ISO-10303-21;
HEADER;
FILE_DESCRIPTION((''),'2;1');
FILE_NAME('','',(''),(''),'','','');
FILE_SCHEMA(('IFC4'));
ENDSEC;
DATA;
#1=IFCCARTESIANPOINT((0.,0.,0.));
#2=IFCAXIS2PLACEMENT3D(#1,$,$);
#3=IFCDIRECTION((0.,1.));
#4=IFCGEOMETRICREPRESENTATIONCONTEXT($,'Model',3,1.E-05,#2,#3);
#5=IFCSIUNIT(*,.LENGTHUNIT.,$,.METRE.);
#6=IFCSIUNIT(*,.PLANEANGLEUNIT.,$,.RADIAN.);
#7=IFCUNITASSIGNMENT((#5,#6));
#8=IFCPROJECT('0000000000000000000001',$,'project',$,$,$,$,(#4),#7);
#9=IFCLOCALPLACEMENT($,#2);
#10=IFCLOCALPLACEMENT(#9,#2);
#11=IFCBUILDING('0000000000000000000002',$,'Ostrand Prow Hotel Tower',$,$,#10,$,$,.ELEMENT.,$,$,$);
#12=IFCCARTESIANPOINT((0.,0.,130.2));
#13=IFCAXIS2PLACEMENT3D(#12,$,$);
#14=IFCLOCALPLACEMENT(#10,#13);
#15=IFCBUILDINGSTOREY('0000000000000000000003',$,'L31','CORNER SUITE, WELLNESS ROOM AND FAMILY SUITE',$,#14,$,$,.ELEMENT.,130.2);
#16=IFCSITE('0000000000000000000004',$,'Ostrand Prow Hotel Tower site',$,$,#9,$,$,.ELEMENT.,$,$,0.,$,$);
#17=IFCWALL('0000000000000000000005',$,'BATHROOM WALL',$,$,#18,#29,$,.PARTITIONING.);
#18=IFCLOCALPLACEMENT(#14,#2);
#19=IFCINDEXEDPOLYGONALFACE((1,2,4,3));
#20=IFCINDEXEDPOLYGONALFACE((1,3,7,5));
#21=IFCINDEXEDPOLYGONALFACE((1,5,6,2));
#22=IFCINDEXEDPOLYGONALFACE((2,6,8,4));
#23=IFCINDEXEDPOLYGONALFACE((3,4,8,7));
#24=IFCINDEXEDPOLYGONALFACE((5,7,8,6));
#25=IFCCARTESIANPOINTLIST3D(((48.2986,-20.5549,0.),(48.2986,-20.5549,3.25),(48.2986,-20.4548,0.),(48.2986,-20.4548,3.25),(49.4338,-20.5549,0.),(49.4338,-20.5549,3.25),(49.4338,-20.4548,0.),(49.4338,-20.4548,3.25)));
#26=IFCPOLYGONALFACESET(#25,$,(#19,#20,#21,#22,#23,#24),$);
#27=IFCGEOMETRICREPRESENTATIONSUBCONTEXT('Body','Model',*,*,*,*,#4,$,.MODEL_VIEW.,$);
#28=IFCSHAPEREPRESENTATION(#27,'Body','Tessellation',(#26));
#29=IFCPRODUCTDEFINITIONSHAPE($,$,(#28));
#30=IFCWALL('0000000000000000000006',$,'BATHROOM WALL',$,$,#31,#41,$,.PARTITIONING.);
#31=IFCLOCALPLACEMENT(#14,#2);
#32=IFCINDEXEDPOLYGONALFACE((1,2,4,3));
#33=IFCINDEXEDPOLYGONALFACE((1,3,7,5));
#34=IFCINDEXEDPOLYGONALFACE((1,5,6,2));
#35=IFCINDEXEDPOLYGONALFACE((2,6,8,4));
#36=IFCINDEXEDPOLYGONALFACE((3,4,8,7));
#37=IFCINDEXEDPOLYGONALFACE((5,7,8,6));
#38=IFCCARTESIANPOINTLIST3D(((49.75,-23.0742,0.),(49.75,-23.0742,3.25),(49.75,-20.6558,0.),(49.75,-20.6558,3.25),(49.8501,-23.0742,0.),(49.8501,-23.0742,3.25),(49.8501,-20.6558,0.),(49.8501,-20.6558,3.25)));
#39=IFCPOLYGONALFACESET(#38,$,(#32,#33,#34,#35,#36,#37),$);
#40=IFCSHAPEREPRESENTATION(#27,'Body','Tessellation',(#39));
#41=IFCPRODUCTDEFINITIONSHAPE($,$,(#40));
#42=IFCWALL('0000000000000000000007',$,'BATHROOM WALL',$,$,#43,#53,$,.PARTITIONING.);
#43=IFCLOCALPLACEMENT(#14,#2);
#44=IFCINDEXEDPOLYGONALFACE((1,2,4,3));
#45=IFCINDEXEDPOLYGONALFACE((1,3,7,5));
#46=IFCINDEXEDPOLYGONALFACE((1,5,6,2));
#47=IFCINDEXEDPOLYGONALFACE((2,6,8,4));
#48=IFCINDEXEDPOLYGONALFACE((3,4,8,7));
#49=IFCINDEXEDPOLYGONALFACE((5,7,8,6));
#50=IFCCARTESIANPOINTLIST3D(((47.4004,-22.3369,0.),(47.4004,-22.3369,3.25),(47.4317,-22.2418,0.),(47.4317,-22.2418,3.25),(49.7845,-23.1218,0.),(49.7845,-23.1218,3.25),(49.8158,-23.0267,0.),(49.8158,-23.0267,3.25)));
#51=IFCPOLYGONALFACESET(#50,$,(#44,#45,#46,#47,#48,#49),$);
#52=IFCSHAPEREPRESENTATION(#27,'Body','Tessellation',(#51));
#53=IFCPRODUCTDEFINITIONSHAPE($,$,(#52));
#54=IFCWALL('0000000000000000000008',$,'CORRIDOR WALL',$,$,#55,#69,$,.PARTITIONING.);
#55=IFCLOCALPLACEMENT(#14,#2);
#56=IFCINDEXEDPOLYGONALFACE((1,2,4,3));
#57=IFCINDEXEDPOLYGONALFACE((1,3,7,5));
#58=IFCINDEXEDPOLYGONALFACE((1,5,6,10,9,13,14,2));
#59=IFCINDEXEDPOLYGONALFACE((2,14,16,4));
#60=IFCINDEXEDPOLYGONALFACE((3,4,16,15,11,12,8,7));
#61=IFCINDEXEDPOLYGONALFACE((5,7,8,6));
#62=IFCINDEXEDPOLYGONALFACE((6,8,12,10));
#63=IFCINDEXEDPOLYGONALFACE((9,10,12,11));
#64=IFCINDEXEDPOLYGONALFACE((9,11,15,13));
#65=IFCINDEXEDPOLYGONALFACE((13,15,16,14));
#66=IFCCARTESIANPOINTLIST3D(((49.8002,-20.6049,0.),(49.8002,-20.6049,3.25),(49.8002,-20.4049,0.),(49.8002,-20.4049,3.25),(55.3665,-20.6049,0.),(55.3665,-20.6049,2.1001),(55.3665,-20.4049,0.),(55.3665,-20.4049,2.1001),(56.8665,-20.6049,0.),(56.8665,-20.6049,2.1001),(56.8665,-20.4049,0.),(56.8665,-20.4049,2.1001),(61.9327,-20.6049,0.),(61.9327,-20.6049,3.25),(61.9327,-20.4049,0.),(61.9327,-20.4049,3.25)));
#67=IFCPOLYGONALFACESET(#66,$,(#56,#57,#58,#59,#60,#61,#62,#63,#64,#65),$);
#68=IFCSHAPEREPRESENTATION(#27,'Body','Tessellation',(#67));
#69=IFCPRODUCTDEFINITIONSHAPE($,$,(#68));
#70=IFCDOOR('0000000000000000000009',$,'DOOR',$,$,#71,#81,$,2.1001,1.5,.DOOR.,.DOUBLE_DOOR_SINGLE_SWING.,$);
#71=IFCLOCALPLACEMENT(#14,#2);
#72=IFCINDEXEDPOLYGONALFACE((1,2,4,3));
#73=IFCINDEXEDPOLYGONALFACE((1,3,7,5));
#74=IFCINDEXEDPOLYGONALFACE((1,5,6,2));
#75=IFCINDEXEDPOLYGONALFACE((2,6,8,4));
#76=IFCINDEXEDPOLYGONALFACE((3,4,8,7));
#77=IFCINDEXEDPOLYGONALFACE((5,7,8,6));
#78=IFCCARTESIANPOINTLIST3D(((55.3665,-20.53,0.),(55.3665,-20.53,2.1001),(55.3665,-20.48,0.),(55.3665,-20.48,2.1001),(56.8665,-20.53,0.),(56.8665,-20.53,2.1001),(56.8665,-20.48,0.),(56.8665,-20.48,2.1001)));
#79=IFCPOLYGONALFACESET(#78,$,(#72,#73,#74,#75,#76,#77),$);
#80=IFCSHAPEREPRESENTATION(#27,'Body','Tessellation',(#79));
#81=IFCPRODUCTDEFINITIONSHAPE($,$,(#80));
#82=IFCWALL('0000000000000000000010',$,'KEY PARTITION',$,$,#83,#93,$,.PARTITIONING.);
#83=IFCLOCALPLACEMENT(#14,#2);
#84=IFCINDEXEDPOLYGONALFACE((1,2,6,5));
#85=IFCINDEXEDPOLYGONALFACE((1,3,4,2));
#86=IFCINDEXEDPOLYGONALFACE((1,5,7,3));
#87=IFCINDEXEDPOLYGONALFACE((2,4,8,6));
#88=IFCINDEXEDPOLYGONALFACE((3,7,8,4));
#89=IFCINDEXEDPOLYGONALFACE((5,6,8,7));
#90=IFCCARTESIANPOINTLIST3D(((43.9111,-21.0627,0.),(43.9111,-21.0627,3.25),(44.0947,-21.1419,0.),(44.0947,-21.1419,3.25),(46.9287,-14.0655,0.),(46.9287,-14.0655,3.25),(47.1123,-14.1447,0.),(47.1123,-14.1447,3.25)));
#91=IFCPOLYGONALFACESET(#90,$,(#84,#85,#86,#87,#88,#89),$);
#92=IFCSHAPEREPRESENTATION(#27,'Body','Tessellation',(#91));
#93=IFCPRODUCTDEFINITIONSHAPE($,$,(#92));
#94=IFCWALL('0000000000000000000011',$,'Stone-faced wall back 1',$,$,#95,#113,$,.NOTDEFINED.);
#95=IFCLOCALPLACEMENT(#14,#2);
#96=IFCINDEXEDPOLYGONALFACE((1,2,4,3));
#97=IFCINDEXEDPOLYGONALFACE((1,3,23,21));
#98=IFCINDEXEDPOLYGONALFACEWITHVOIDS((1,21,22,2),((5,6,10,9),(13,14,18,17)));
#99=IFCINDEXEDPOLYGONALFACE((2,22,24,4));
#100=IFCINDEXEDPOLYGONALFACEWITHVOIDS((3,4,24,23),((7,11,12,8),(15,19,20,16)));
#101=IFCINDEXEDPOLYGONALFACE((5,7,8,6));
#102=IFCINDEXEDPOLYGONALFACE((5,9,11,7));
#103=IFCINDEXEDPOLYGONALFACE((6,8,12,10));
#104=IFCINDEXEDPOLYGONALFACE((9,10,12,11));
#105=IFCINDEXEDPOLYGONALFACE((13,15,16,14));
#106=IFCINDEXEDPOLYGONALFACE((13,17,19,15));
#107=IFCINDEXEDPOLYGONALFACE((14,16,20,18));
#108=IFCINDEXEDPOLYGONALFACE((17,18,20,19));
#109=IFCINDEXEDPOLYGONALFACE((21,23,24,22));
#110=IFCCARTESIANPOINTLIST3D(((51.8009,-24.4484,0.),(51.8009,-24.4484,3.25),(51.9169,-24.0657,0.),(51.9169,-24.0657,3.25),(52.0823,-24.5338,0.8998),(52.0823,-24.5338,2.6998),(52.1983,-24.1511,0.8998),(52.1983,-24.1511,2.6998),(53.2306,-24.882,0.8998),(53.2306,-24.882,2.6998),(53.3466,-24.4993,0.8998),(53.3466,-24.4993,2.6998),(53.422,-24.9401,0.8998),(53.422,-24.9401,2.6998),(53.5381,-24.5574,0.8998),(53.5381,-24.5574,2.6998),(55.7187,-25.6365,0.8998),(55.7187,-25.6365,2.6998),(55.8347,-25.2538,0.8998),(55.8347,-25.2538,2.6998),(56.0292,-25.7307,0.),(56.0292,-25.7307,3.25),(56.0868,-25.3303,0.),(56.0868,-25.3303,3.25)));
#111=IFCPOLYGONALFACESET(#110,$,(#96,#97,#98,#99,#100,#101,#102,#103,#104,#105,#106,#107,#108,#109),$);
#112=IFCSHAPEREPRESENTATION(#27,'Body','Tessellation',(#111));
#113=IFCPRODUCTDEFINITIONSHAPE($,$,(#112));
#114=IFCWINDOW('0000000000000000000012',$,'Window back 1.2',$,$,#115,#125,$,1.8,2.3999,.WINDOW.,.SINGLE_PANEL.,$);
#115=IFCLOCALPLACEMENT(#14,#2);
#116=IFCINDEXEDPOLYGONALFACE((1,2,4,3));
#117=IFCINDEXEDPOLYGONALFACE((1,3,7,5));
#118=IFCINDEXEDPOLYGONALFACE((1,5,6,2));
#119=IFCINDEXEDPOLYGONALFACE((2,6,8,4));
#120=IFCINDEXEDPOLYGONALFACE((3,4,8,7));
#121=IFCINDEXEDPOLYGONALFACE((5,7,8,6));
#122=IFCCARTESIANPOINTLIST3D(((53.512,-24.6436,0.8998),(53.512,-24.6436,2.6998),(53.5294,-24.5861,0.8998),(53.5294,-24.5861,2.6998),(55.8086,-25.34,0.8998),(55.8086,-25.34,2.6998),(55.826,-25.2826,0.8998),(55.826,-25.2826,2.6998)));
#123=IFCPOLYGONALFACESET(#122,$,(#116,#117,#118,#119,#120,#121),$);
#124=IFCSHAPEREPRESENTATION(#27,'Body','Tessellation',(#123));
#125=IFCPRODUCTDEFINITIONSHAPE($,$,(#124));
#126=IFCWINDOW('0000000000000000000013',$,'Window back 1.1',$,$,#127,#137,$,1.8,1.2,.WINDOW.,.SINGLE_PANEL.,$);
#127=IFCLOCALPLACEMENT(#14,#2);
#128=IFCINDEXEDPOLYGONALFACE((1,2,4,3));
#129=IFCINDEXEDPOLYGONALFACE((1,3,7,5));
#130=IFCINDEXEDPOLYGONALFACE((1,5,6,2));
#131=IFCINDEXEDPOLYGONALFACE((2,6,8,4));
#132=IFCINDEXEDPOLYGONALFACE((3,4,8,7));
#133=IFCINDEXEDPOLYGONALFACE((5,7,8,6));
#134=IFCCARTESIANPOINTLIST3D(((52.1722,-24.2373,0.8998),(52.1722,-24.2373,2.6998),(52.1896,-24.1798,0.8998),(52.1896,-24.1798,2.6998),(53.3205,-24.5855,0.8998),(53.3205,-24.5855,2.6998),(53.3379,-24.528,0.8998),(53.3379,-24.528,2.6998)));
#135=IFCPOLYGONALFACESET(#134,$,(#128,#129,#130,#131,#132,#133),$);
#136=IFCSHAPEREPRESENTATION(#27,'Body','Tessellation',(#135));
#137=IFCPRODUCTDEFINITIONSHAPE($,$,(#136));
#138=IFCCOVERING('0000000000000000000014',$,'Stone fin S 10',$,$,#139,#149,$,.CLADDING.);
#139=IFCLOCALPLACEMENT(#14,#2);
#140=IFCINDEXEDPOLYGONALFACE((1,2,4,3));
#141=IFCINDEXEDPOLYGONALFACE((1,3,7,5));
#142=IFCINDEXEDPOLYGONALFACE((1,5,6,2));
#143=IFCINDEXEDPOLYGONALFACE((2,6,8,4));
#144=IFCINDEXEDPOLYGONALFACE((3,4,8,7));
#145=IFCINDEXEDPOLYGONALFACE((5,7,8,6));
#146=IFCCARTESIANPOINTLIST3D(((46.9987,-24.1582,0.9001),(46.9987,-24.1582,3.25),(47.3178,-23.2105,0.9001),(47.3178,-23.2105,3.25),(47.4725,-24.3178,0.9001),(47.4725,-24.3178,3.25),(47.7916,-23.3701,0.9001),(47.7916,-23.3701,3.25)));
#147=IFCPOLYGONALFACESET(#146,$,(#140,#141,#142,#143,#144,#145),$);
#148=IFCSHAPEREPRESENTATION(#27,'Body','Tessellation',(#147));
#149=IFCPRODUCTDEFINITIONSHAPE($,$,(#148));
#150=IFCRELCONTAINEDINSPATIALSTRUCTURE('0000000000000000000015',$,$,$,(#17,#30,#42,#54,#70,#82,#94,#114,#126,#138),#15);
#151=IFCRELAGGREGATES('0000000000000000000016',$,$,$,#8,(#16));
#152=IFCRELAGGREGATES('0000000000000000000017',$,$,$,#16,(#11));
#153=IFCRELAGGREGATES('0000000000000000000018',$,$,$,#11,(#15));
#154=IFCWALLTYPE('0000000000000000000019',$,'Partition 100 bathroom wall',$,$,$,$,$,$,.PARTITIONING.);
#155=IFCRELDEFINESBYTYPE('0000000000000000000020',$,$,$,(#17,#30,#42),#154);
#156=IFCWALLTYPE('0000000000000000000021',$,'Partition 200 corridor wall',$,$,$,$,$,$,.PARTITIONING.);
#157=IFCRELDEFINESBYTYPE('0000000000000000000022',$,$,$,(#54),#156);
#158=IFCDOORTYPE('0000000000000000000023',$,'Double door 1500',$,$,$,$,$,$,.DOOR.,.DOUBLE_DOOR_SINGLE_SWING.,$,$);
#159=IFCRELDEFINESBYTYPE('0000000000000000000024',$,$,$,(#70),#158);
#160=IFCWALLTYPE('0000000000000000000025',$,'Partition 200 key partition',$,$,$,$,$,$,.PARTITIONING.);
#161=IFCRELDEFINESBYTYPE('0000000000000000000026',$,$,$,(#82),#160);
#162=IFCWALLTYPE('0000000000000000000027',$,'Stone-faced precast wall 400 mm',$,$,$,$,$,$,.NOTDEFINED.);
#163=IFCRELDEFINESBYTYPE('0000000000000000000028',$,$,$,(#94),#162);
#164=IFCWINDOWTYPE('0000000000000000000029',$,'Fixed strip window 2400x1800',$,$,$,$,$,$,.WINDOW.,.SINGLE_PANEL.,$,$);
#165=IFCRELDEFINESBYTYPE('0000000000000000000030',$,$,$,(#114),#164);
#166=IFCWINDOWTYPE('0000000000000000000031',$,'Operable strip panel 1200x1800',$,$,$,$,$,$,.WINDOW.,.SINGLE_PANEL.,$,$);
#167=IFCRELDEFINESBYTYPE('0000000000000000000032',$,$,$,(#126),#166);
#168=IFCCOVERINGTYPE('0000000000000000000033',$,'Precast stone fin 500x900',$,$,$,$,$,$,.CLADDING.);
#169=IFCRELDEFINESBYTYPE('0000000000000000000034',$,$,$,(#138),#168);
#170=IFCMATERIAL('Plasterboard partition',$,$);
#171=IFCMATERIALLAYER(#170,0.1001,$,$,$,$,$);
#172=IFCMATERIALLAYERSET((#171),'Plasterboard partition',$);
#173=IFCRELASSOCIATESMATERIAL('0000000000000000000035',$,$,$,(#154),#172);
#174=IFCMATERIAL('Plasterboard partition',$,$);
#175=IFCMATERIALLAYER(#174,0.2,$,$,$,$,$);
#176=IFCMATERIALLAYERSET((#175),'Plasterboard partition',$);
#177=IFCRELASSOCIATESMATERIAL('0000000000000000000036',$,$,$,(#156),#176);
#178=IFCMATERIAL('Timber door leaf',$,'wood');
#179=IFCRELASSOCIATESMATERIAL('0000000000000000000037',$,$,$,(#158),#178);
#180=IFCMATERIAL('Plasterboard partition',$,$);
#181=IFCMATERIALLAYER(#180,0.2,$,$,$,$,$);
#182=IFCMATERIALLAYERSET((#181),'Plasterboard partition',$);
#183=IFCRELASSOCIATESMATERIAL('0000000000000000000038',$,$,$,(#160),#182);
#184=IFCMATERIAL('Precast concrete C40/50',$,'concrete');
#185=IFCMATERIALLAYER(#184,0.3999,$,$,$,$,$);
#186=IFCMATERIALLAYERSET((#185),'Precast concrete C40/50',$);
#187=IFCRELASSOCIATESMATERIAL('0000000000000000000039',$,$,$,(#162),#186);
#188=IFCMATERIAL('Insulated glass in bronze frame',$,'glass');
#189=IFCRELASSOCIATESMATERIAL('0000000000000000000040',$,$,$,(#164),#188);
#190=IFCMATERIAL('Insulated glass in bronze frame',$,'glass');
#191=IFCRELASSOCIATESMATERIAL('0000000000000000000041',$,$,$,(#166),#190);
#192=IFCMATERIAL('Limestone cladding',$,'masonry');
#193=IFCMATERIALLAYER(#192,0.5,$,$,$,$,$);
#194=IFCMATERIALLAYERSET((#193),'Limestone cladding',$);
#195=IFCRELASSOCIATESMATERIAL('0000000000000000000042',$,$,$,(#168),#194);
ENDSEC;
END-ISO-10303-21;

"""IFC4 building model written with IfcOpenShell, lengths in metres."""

from ifc_helpers import new_model, si_unit, direction, frame, frame_2d, origin, place, context, subcontext, project, spatial, polyline, rectangle, outline, extrude, material, layer, layer_set, type_object, element, fill, save


model = new_model("IFC4")

# Units and contexts
model_context = context("Model", 3, precision=1e-05, world=origin(), true_north=direction((0.0, 1.0)))
body_context = subcontext(model_context, "Body", "Model", "MODEL_VIEW")
ifc_project = project(units=[si_unit("LENGTHUNIT", "METRE"), si_unit("PLANEANGLEUNIT", "RADIAN")], contexts=[model_context])

# Site, building, storey
site_placement = place(None, origin())
site = spatial("IfcSite", under=ifc_project, at=site_placement, Name="Ostrand Prow Hotel Tower site", CompositionType="ELEMENT", RefElevation=0.0)
building_placement = place(site_placement, origin())
building = spatial("IfcBuilding", under=site, at=building_placement, Name="Ostrand Prow Hotel Tower", CompositionType="ELEMENT")
storey_placement = place(building_placement, frame((0.0, 0.0, 130.2)))
storey = spatial("IfcBuildingStorey", under=building, at=storey_placement, Name="L31", Description="CORNER SUITE, WELLNESS ROOM AND FAMILY SUITE", CompositionType="ELEMENT", Elevation=130.2)

# Shared definitions
ifc_material_1 = material(Name="Plasterboard partition")
ifc_layer_1 = layer(ifc_material_1, 0.1001)
ifc_layer_set_1 = layer_set([ifc_layer_1], Name="Plasterboard partition")
wall_type_1 = type_object("IfcWallType", Name="Partition 100 bathroom wall", PredefinedType="PARTITIONING", material=ifc_layer_set_1)

# Walls
wall_1_placement = place(storey_placement, frame((48.2986, -20.5049, 0.0), z_axis=(0.0, 0.0, 1.0), x_axis=(1.0, 0.0, 0.0)))
element("IfcWall", 1, at=wall_1_placement, inside=storey, type_object=wall_type_1, Name="BATHROOM WALL", PredefinedType="PARTITIONING", context=body_context, shape_type="SweptSolid", body=[
    extrude(rectangle(XDim=1.1353, YDim=0.1001, at=frame_2d((0.5676, 0.0))), origin(), (0.0, 0.0, 1.0), 3.25),
])
wall_2_placement = place(storey_placement, frame((49.8, -20.6558, 0.0), z_axis=(0.0, 0.0, 1.0), x_axis=(0.0, -1.0, 0.0)))
element("IfcWall", 2, at=wall_2_placement, inside=storey, type_object=wall_type_1, Name="BATHROOM WALL", PredefinedType="PARTITIONING", context=body_context, shape_type="SweptSolid", body=[
    extrude(rectangle(XDim=2.4185, YDim=0.1001, at=frame_2d((1.2092, 0.0))), origin(), (0.0, 0.0, 1.0), 3.25),
])
wall_3_placement = place(storey_placement, frame((49.8, -23.0742, 0.0), z_axis=(0.0, 0.0, 1.0), x_axis=(-0.949844, 0.312724, 0.0)))
element("IfcWall", 3, at=wall_3_placement, inside=storey, type_object=wall_type_1, Name="BATHROOM WALL", PredefinedType="PARTITIONING", context=body_context, shape_type="SweptSolid", body=[
    extrude(rectangle(XDim=2.51, YDim=0.1001, at=frame_2d((1.2549, 0.0))), origin(), (0.0, 0.0, 1.0), 3.25),
])

# Wall, opening, door
ifc_material_2 = material(Name="Plasterboard partition")
ifc_layer_2 = layer(ifc_material_2, 0.2)
ifc_layer_set_2 = layer_set([ifc_layer_2], Name="Plasterboard partition")
wall_type_2 = type_object("IfcWallType", Name="Partition 200 corridor wall", PredefinedType="PARTITIONING", material=ifc_layer_set_2)
wall_4_placement = place(storey_placement, frame((49.8, -20.5049, 0.0), z_axis=(0.0, 0.0, 1.0), x_axis=(1.0, 0.0, 0.0)))
wall_4 = element("IfcWall", 4, at=wall_4_placement, inside=storey, type_object=wall_type_2, Name="CORRIDOR WALL", PredefinedType="PARTITIONING", context=body_context, shape_type="SweptSolid", body=[
    extrude(rectangle(XDim=12.1326, YDim=0.2, at=frame_2d((6.0664, 0.0))), origin(), (0.0, 0.0, 1.0), 3.25),
])
opening_1_placement = place(wall_4_placement, frame((5.5664, 0.0, 0.0)))
opening_1 = element("IfcOpeningElement", 5, at=opening_1_placement, cuts=wall_4, PredefinedType="OPENING", context=body_context, shape_type="SweptSolid", body=[
    extrude(rectangle(XDim=1.5, YDim=2.1001, at=frame_2d((0.75, 1.05))), frame((0.0, 0.1099, 0.0), z_axis=(0.0, -1.0, 0.0), x_axis=(1.0, 0.0, 0.0)), (0.0, 0.0, 1.0), 0.22),
])
ifc_material_3 = material(Name="Timber door leaf", Category="wood")
door_type_1 = type_object("IfcDoorType", Name="Double door 1500", OperationType="DOUBLE_DOOR_SINGLE_SWING", PredefinedType="DOOR", material=ifc_material_3)
door_1_placement = place(opening_1_placement, origin())
door_1 = element("IfcDoor", 6, at=door_1_placement, inside=storey, type_object=door_type_1, Name="DOOR", OperationType="DOUBLE_DOOR_SINGLE_SWING", OverallHeight=2.1001, OverallWidth=1.5, PredefinedType="DOOR", context=body_context, shape_type="SweptSolid", body=[
    extrude(rectangle(XDim=1.5, YDim=2.1001, at=frame_2d((0.75, 1.05))), frame((0.0, 0.0249, 0.0), z_axis=(0.0, -1.0, 0.0), x_axis=(1.0, 0.0, 0.0)), (0.0, 0.0, 1.0), 0.05),
])
fill(opening_1, door_1)

# Wall
ifc_material_4 = material(Name="Plasterboard partition")
ifc_layer_3 = layer(ifc_material_4, 0.2)
ifc_layer_set_3 = layer_set([ifc_layer_3], Name="Plasterboard partition")
wall_type_3 = type_object("IfcWallType", Name="Partition 200 key partition", PredefinedType="PARTITIONING", material=ifc_layer_set_3)
wall_5_placement = place(storey_placement, frame((44.0029, -21.1023, 0.0), z_axis=(0.0, 0.0, 1.0), x_axis=(0.396006, 0.918248, 0.0)))
element("IfcWall", 7, at=wall_5_placement, inside=storey, type_object=wall_type_3, Name="KEY PARTITION", PredefinedType="PARTITIONING", context=body_context, shape_type="SweptSolid", body=[
    extrude(rectangle(XDim=7.6201, YDim=0.2, at=frame_2d((3.8101, 0.0))), origin(), (0.0, 0.0, 1.0), 3.25),
])

# Wall, openings, windows
ifc_material_5 = material(Name="Precast concrete C40/50", Category="concrete")
ifc_layer_4 = layer(ifc_material_5, 0.3999)
ifc_layer_set_4 = layer_set([ifc_layer_4], Name="Precast concrete C40/50")
wall_type_4 = type_object("IfcWallType", Name="Stone-faced precast wall 400 mm", PredefinedType="NOTDEFINED", material=ifc_layer_set_4)
wall_6_placement = place(storey_placement, frame((51.8589, -24.2571, 0.0), z_axis=(0.0, 0.0, 1.0), x_axis=(0.956964, -0.290205, 0.0)))
wall_6 = element("IfcWall", 8, at=wall_6_placement, inside=storey, type_object=wall_type_4, Name="Stone-faced wall back 1", PredefinedType="NOTDEFINED", context=body_context, shape_type="SweptSolid", body=[
    extrude(outline(polyline([(0.0, -0.2), (4.4185, -0.2), (4.3574, 0.2), (0.0, 0.2), (0.0, -0.2)])), origin(), (0.0, 0.0, 1.0), 3.25),
])
opening_2_placement = place(wall_6_placement, frame((0.2939, 0.0, 0.8999)))
opening_2 = element("IfcOpeningElement", 9, at=opening_2_placement, cuts=wall_6, PredefinedType="OPENING", context=body_context, shape_type="SweptSolid", body=[
    extrude(rectangle(XDim=1.2, YDim=1.8, at=frame_2d((0.6001, 0.8999))), frame((0.0, 0.21, 0.0), z_axis=(0.0, -1.0, 0.0), x_axis=(1.0, 0.0, 0.0)), (0.0, 0.0, 1.0), 0.4199),
])
opening_3_placement = place(wall_6_placement, frame((1.6941, 0.0, 0.8999)))
opening_3 = element("IfcOpeningElement", 10, at=opening_3_placement, cuts=wall_6, PredefinedType="OPENING", context=body_context, shape_type="SweptSolid", body=[
    extrude(rectangle(XDim=2.3999, YDim=1.8, at=frame_2d((1.2, 0.8999))), frame((0.0, 0.21, 0.0), z_axis=(0.0, -1.0, 0.0), x_axis=(1.0, 0.0, 0.0)), (0.0, 0.0, 1.0), 0.4199),
])
ifc_material_6 = material(Name="Insulated glass in bronze frame", Category="glass")
window_type_1 = type_object("IfcWindowType", Name="Fixed strip window 2400x1800", PartitioningType="SINGLE_PANEL", PredefinedType="WINDOW", material=ifc_material_6)
window_1_placement = place(opening_3_placement, origin())
window_1 = element("IfcWindow", 11, at=window_1_placement, inside=storey, type_object=window_type_1, Name="Window back 1.2", OverallHeight=1.8, OverallWidth=2.3999, PartitioningType="SINGLE_PANEL", PredefinedType="WINDOW", context=body_context, shape_type="SweptSolid", body=[
    extrude(rectangle(XDim=2.3999, YDim=1.8, at=frame_2d((1.2, 0.8999))), frame((0.0, 0.1699, 0.0), z_axis=(0.0, -1.0, 0.0), x_axis=(1.0, 0.0, 0.0)), (0.0, 0.0, 1.0), 0.0601),
])
fill(opening_3, window_1)
ifc_material_7 = material(Name="Insulated glass in bronze frame", Category="glass")
window_type_2 = type_object("IfcWindowType", Name="Operable strip panel 1200x1800", PartitioningType="SINGLE_PANEL", PredefinedType="WINDOW", material=ifc_material_7)
window_2_placement = place(opening_2_placement, origin())
window_2 = element("IfcWindow", 12, at=window_2_placement, inside=storey, type_object=window_type_2, Name="Window back 1.1", OverallHeight=1.8, OverallWidth=1.2, PartitioningType="SINGLE_PANEL", PredefinedType="WINDOW", context=body_context, shape_type="SweptSolid", body=[
    extrude(rectangle(XDim=1.2, YDim=1.8, at=frame_2d((0.6001, 0.8999))), frame((0.0, 0.1699, 0.0), z_axis=(0.0, -1.0, 0.0), x_axis=(1.0, 0.0, 0.0)), (0.0, 0.0, 1.0), 0.0601),
])
fill(opening_2, window_2)

# Covering
ifc_material_8 = material(Name="Limestone cladding", Category="masonry")
ifc_layer_5 = layer(ifc_material_8, 0.5)
ifc_layer_set_5 = layer_set([ifc_layer_5], Name="Limestone cladding")
covering_type = type_object("IfcCoveringType", Name="Precast stone fin 500x900", PredefinedType="CLADDING", material=ifc_layer_set_5)
covering_placement = place(storey_placement, frame((47.5547, -23.2903, 0.9001), z_axis=(0.0, 0.0, 1.0), x_axis=(-0.319083, -0.947727, 0.0)))
element("IfcCovering", 13, at=covering_placement, inside=storey, type_object=covering_type, Name="Stone fin S 10", PredefinedType="CLADDING", context=body_context, shape_type="SweptSolid", body=[
    extrude(rectangle(XDim=1.0, YDim=0.5, at=frame_2d((0.5, 0.0))), origin(), (0.0, 0.0, 1.0), 2.3499),
])

save(model, "model.ifc")
